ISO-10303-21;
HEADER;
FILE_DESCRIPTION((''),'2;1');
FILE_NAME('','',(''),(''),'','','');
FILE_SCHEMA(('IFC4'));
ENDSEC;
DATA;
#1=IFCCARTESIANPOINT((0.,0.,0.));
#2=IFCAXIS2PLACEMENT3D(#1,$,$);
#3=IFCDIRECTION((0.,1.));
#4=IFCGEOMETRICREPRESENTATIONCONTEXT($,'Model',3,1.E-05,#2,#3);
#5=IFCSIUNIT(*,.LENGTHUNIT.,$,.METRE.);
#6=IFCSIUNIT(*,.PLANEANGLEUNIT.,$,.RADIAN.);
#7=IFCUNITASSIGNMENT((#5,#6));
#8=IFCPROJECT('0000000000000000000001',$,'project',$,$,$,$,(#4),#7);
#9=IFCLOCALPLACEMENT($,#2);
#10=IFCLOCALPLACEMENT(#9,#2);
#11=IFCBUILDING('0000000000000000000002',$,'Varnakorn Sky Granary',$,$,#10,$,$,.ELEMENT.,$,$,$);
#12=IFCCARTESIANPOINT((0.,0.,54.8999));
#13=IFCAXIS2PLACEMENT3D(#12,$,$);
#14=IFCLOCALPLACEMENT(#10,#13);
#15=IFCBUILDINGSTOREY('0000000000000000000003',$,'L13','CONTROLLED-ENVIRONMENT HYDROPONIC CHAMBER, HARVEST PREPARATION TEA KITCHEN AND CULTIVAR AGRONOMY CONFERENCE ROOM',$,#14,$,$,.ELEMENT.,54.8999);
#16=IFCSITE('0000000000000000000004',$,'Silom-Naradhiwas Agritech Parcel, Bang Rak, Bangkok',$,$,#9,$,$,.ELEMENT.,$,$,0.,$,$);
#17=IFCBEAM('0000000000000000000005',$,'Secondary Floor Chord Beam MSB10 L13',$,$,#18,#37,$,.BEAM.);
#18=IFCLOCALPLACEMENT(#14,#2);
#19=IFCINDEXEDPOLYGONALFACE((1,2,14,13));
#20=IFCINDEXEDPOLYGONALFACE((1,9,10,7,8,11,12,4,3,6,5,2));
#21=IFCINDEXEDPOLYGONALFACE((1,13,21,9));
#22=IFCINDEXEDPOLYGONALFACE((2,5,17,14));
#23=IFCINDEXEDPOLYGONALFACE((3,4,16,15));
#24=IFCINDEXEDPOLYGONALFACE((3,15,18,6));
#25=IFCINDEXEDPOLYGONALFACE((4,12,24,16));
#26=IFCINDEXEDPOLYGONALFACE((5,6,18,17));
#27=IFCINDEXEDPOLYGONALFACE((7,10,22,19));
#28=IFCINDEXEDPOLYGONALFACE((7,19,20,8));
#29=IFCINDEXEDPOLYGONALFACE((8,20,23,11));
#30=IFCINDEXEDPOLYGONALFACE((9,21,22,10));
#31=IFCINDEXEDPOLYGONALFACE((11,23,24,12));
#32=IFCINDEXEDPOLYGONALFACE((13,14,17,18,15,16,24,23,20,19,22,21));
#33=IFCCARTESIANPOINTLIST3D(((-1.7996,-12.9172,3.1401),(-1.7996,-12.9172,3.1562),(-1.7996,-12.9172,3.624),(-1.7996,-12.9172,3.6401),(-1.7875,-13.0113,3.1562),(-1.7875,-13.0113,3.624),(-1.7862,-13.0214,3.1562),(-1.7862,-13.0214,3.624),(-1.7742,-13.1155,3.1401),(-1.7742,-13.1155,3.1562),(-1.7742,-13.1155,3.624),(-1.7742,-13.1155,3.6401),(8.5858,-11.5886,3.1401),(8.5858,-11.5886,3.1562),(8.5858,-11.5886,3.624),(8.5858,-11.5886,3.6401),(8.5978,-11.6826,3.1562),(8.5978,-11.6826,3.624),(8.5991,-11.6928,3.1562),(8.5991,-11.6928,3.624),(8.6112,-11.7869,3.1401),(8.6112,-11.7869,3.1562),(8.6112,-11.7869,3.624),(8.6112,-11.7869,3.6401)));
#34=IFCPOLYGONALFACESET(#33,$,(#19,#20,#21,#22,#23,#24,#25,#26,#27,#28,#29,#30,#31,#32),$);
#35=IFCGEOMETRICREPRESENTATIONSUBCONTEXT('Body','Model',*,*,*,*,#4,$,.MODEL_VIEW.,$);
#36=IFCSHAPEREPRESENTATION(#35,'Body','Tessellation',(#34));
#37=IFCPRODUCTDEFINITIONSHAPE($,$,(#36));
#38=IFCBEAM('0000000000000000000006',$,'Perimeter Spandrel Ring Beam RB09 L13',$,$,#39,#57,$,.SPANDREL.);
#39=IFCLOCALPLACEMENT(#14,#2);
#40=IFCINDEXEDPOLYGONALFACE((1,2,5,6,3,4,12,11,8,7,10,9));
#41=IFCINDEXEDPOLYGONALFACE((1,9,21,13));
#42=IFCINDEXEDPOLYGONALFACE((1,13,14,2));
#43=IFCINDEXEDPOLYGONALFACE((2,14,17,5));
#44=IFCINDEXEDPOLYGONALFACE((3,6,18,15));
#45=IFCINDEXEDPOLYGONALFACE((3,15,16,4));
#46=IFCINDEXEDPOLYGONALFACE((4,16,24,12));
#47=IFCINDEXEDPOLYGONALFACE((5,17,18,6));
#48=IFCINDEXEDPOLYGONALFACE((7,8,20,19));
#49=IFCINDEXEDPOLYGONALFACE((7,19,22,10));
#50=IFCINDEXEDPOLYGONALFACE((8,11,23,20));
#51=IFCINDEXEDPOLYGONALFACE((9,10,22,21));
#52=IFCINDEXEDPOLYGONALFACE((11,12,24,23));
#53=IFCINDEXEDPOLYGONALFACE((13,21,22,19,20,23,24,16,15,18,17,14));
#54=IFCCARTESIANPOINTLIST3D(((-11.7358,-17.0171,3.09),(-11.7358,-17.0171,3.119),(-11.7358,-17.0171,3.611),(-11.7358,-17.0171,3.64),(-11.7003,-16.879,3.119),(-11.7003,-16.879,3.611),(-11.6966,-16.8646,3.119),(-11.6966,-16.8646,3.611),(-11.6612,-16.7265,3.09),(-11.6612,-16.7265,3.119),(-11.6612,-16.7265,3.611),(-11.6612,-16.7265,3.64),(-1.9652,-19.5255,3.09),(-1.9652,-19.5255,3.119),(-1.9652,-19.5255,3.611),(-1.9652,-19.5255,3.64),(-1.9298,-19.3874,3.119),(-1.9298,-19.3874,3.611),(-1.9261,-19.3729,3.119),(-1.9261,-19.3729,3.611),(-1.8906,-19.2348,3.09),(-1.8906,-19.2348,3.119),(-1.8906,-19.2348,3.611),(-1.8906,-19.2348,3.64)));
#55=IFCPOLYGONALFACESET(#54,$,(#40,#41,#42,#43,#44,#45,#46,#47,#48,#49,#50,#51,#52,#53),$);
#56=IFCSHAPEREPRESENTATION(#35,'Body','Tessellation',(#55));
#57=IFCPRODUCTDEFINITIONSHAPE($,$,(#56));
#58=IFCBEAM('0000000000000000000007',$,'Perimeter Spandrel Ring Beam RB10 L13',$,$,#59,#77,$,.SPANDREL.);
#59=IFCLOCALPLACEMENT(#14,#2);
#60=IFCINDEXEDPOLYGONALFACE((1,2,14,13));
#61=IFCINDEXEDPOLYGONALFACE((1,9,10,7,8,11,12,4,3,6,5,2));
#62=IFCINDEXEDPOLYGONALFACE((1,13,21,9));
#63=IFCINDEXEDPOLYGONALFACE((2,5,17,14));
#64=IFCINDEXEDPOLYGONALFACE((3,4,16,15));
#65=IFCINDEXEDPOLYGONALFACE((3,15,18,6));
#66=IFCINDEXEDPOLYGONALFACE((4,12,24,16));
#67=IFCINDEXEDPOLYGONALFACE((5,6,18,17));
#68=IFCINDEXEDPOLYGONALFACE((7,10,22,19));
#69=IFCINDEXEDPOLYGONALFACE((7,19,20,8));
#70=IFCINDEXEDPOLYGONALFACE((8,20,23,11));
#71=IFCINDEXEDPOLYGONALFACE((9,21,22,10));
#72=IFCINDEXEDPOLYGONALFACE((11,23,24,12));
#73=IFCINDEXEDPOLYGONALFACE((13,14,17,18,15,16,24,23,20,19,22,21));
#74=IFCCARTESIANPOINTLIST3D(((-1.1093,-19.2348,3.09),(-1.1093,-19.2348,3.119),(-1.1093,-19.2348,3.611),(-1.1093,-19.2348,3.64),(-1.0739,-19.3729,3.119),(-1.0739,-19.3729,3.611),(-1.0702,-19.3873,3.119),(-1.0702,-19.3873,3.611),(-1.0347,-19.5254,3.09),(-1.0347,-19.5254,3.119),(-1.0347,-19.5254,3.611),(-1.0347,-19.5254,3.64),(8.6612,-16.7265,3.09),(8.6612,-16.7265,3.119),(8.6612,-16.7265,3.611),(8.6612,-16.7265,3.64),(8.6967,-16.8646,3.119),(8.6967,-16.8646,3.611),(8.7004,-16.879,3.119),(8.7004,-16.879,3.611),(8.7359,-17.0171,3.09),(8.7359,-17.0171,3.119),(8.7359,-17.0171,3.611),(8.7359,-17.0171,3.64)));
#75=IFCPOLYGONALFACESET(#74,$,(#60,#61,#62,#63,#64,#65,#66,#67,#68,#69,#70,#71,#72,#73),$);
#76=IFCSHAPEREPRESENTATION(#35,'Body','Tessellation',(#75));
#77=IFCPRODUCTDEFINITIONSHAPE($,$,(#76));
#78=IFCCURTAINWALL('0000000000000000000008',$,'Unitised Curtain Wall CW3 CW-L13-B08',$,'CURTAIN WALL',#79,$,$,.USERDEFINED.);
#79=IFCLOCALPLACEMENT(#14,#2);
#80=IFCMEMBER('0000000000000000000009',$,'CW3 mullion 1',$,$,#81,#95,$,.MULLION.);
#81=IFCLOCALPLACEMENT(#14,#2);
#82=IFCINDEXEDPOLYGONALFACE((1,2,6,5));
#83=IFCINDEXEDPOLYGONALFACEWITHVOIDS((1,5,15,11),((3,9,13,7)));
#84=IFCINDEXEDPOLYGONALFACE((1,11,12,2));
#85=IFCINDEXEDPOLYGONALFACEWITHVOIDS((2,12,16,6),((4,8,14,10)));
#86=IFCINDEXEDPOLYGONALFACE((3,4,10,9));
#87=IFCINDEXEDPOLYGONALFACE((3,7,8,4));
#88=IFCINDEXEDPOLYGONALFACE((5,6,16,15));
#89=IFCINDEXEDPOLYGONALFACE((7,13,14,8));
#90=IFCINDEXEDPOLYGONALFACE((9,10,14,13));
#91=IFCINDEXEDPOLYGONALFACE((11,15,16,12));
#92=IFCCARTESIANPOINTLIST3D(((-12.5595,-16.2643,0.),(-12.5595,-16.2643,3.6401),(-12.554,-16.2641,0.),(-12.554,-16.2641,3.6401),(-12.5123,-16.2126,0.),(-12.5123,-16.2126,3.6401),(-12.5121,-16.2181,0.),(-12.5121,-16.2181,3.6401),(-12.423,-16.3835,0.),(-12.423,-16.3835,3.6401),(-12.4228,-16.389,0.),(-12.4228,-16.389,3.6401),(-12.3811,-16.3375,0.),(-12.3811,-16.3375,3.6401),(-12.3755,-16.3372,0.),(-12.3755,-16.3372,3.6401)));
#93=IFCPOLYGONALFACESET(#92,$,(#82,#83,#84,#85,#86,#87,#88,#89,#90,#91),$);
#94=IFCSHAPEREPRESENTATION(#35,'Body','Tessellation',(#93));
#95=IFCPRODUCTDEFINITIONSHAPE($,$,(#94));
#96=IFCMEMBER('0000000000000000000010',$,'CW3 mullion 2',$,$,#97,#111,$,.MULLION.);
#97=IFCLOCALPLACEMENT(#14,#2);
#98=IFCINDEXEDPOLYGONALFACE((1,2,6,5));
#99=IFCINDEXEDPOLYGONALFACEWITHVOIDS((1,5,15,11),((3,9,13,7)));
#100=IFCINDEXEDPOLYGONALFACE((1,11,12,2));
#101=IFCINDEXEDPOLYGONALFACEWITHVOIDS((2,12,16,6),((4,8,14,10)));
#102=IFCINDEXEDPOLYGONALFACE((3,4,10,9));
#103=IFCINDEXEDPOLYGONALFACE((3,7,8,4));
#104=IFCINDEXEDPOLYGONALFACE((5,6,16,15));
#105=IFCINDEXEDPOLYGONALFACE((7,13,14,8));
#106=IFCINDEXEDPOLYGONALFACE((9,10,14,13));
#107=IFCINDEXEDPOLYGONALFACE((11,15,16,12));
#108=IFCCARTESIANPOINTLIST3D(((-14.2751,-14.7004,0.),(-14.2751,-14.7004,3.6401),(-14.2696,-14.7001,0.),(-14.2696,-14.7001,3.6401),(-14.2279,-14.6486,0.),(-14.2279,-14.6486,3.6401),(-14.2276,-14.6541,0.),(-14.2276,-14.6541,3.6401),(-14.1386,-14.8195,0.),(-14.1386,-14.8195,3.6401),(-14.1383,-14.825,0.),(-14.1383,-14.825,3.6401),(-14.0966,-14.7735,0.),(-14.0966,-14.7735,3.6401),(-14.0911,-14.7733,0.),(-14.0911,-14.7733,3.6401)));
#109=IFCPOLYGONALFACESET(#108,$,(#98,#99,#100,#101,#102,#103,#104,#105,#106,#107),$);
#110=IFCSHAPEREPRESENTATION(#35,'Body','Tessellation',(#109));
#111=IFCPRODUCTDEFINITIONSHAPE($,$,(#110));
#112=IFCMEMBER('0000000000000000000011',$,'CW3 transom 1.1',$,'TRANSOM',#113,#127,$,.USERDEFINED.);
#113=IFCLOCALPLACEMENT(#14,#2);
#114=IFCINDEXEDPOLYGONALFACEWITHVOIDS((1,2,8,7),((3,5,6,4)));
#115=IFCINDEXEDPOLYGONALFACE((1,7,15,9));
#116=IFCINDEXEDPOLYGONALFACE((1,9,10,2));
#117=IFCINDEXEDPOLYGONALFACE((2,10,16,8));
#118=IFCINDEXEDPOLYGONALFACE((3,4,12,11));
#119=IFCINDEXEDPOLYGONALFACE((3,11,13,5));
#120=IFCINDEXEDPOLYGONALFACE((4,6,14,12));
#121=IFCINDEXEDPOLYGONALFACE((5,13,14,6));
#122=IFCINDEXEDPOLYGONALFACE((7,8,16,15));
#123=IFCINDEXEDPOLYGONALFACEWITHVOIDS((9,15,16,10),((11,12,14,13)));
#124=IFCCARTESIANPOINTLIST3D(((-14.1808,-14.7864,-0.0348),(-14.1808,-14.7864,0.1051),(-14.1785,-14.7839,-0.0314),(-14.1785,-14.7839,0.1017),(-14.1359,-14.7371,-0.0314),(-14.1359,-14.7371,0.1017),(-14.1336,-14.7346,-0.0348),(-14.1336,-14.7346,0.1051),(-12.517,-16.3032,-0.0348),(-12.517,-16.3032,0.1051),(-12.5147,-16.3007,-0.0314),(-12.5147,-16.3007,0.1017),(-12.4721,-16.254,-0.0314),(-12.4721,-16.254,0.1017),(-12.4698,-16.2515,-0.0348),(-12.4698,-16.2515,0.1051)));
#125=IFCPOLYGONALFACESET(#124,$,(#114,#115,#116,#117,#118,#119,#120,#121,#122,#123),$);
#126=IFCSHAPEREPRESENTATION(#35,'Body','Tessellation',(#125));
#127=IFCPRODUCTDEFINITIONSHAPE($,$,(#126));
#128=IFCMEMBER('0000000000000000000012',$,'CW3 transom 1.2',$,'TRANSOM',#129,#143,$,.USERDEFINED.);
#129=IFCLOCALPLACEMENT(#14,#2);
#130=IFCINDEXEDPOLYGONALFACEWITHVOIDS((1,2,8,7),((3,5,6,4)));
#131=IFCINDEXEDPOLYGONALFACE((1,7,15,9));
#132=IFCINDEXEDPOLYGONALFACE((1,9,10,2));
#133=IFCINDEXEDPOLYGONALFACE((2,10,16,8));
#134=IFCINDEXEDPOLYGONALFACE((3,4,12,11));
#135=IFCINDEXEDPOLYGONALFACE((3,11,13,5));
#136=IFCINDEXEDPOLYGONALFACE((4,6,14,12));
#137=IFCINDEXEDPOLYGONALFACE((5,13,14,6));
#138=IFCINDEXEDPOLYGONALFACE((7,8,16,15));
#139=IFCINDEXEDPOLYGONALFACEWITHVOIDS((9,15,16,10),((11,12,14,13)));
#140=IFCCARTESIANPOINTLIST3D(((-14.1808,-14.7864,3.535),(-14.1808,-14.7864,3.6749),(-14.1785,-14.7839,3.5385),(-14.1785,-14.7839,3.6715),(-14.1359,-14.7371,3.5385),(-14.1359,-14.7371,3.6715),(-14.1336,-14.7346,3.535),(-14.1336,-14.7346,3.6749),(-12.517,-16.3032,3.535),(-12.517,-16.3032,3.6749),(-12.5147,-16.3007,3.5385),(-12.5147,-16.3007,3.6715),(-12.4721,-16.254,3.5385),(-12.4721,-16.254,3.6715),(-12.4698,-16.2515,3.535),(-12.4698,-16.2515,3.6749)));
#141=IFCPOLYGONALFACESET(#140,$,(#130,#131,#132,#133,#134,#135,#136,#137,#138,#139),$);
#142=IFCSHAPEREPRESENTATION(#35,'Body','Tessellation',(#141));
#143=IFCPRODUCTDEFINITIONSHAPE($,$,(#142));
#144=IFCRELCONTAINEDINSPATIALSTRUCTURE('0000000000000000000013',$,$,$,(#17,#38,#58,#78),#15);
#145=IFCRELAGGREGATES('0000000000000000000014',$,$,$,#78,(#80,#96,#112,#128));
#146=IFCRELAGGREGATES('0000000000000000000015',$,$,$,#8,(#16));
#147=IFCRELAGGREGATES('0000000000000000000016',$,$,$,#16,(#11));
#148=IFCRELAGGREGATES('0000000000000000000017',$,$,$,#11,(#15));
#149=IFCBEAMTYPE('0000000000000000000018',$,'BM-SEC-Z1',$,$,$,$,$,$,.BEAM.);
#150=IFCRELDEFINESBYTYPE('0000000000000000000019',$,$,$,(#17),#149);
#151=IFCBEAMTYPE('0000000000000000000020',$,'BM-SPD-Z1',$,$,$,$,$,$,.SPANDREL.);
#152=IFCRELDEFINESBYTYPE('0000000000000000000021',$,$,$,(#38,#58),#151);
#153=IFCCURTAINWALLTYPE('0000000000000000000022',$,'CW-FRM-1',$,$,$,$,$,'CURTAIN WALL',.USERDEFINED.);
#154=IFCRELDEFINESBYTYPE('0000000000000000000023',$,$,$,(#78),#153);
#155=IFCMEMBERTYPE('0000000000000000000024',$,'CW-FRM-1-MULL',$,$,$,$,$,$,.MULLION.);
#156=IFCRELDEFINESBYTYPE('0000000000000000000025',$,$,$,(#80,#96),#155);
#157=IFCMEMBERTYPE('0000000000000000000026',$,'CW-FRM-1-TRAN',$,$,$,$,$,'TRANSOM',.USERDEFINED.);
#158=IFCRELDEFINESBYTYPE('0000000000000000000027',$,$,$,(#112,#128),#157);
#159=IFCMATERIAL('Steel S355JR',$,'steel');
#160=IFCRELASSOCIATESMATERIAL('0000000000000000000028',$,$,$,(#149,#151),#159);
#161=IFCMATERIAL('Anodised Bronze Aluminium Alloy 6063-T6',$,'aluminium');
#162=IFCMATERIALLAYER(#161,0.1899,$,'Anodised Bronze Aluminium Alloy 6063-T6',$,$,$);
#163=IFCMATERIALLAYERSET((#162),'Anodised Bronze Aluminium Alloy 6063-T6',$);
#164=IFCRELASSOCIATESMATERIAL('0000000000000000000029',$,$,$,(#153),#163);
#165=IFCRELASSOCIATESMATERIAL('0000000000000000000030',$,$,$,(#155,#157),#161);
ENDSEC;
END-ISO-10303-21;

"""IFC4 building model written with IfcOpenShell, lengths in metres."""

from ifc_helpers import new_model, si_unit, direction, frame, origin, origin_2d, place, context, subcontext, project, spatial, hollow_rectangle, i_section, extrude, material, layer, layer_set, material_profile, profile_set, type_object, element, aggregate, save


model = new_model("IFC4")

# Units and contexts
model_context = context("Model", 3, precision=1e-05, world=origin(), true_north=direction((0.0, 1.0)))
body_context = subcontext(model_context, "Body", "Model", "MODEL_VIEW")
ifc_project = project(units=[si_unit("LENGTHUNIT", "METRE"), si_unit("PLANEANGLEUNIT", "RADIAN")], contexts=[model_context])

# Site, building, storey
site_placement = place(None, origin())
site = spatial("IfcSite", under=ifc_project, at=site_placement, Name="Silom-Naradhiwas Agritech Parcel, Bang Rak, Bangkok", CompositionType="ELEMENT", RefElevation=0.0)
building_placement = place(site_placement, origin())
building = spatial("IfcBuilding", under=site, at=building_placement, Name="Varnakorn Sky Granary", CompositionType="ELEMENT")
storey_placement = place(building_placement, frame((0.0, 0.0, 54.8999)))
storey = spatial("IfcBuildingStorey", under=building, at=storey_placement, Name="L13", Description="CONTROLLED-ENVIRONMENT HYDROPONIC CHAMBER, HARVEST PREPARATION TEA KITCHEN AND CULTIVAR AGRONOMY CONFERENCE ROOM", CompositionType="ELEMENT", Elevation=54.8999)

# Beams
ifc_material_1 = material(Name="Steel S355JR", Category="steel")
ifc_material_profile_1 = material_profile(ifc_material_1, i_section(OverallWidth=0.2, OverallDepth=0.5, WebThickness=0.0103, FlangeThickness=0.0161, at=origin_2d()), Name="IPE 500")
ifc_profile_set_1 = profile_set([ifc_material_profile_1], Name="Steel S355JR")
beam_type_1 = type_object("IfcBeamType", Name="BM-SEC-Z1", PredefinedType="BEAM", material=ifc_profile_set_1)
beam_1_placement = place(storey_placement, frame((-1.7869, -13.0164, 3.3901), z_axis=(0.991916, 0.126898, 0.0), x_axis=(-0.126898, 0.991916, 0.0)))
element("IfcBeam", 1, at=beam_1_placement, inside=storey, type_object=beam_type_1, Name="Secondary Floor Chord Beam MSB10 L13", PredefinedType="BEAM", context=body_context, shape_type="SweptSolid", body=[
    extrude(i_section(OverallWidth=0.2, OverallDepth=0.5, WebThickness=0.0103, FlangeThickness=0.0161, at=origin_2d()), origin(), (0.0, 0.0, 1.0), 10.47),
])
ifc_material_profile_2 = material_profile(ifc_material_1, i_section(OverallWidth=0.3, OverallDepth=0.55, WebThickness=0.0149, FlangeThickness=0.0291, at=origin_2d()), Name="HE 550 B")
ifc_profile_set_2 = profile_set([ifc_material_profile_2], Name="Steel S355JR")
beam_type_2 = type_object("IfcBeamType", Name="BM-SPD-Z1", PredefinedType="SPANDREL", material=ifc_profile_set_2)
for number, where, z_axis, x_axis, name in (
    (2, (-11.6985, -16.8718, 3.365), (0.968591, -0.248658, 0.0), (0.248658, 0.968591, 0.0), "Perimeter Spandrel Ring Beam RB09 L13"),
    (3, (-1.072, -19.3801, 3.365), (0.968591, 0.248658, 0.0), (-0.248658, 0.968591, 0.0), "Perimeter Spandrel Ring Beam RB10 L13"),
):
    element("IfcBeam", number, at=place(storey_placement, frame(where, z_axis=z_axis, x_axis=x_axis)), inside=storey, type_object=beam_type_2, Name=name, PredefinedType="SPANDREL", context=body_context, shape_type="SweptSolid", body=[
        extrude(i_section(OverallWidth=0.3, OverallDepth=0.55, WebThickness=0.0149, FlangeThickness=0.0291, at=origin_2d()), origin(), (0.0, 0.0, 1.0), 10.0874),
    ])

# Curtain wall, members
ifc_material_2 = material(Name="Anodised Bronze Aluminium Alloy 6063-T6", Category="aluminium")
ifc_layer_1 = layer(ifc_material_2, 0.1899, Name="Anodised Bronze Aluminium Alloy 6063-T6")
ifc_layer_set_1 = layer_set([ifc_layer_1], Name="Anodised Bronze Aluminium Alloy 6063-T6")
curtain_wall_type = type_object("IfcCurtainWallType", Name="CW-FRM-1", ElementType="CURTAIN WALL", PredefinedType="USERDEFINED", material=ifc_layer_set_1)
curtain_wall_placement = place(storey_placement, origin())
curtain_wall = element("IfcCurtainWall", 4, at=curtain_wall_placement, inside=storey, type_object=curtain_wall_type, Name="Unitised Curtain Wall CW3 CW-L13-B08", ObjectType="CURTAIN WALL", PredefinedType="USERDEFINED")
ifc_material_profile_3 = material_profile(ifc_material_2, hollow_rectangle(XDim=0.0701, YDim=0.1851, WallThickness=0.0039, at=origin_2d()), Name="ALU MULL 70x185")
ifc_profile_set_3 = profile_set([ifc_material_profile_3], Name="Anodised Bronze Aluminium Alloy 6063-T6")
member_type_1 = type_object("IfcMemberType", Name="CW-FRM-1-MULL", PredefinedType="MULLION", material=ifc_profile_set_3)
member_1_placement = place(storey_placement, frame((-12.4675, -16.3008, 0.0), z_axis=(0.0, 0.0, 1.0), x_axis=(-0.673687, -0.739017, 0.0)))
member_1 = element("IfcMember", 5, at=member_1_placement, type_object=member_type_1, Name="CW3 mullion 1", PredefinedType="MULLION", context=body_context, shape_type="SweptSolid", body=[
    extrude(hollow_rectangle(XDim=0.0701, YDim=0.1851, WallThickness=0.0039, at=origin_2d()), origin(), (0.0, 0.0, 1.0), 3.6401),
])
member_2_placement = place(storey_placement, frame((-14.1831, -14.7368, 0.0), z_axis=(0.0, 0.0, 1.0), x_axis=(-0.673687, -0.739017, 0.0)))
member_2 = element("IfcMember", 6, at=member_2_placement, type_object=member_type_1, Name="CW3 mullion 2", PredefinedType="MULLION", context=body_context, shape_type="SweptSolid", body=[
    extrude(hollow_rectangle(XDim=0.0701, YDim=0.1851, WallThickness=0.0039, at=origin_2d()), origin(), (0.0, 0.0, 1.0), 3.6401),
])
ifc_material_profile_4 = material_profile(ifc_material_2, hollow_rectangle(XDim=0.0701, YDim=0.1399, WallThickness=0.0034, at=origin_2d()), Name="ALU TRAN 70x140")
ifc_profile_set_4 = profile_set([ifc_material_profile_4], Name="Anodised Bronze Aluminium Alloy 6063-T6")
member_type_2 = type_object("IfcMemberType", Name="CW-FRM-1-TRAN", ElementType="TRANSOM", PredefinedType="USERDEFINED", material=ifc_profile_set_4)
member_3_placement = place(storey_placement, frame((-12.4934, -16.2773, 0.0352), z_axis=(-0.738992, 0.673714, 0.0), x_axis=(-0.673714, -0.738992, 0.0)))
member_3 = element("IfcMember", 7, at=member_3_placement, type_object=member_type_2, Name="CW3 transom 1.1", ObjectType="TRANSOM", PredefinedType="USERDEFINED", context=body_context, shape_type="SweptSolid", body=[
    extrude(hollow_rectangle(XDim=0.0701, YDim=0.1399, WallThickness=0.0034, at=origin_2d()), origin(), (0.0, 0.0, 1.0), 2.2515),
])
member_4_placement = place(storey_placement, frame((-12.4934, -16.2773, 3.605), z_axis=(-0.738992, 0.673714, 0.0), x_axis=(-0.673714, -0.738992, 0.0)))
member_4 = element("IfcMember", 8, at=member_4_placement, type_object=member_type_2, Name="CW3 transom 1.2", ObjectType="TRANSOM", PredefinedType="USERDEFINED", context=body_context, shape_type="SweptSolid", body=[
    extrude(hollow_rectangle(XDim=0.0701, YDim=0.1399, WallThickness=0.0034, at=origin_2d()), origin(), (0.0, 0.0, 1.0), 2.2515),
])

aggregate(curtain_wall, [member_1, member_2, member_3, member_4])

save(model, "model.ifc")
